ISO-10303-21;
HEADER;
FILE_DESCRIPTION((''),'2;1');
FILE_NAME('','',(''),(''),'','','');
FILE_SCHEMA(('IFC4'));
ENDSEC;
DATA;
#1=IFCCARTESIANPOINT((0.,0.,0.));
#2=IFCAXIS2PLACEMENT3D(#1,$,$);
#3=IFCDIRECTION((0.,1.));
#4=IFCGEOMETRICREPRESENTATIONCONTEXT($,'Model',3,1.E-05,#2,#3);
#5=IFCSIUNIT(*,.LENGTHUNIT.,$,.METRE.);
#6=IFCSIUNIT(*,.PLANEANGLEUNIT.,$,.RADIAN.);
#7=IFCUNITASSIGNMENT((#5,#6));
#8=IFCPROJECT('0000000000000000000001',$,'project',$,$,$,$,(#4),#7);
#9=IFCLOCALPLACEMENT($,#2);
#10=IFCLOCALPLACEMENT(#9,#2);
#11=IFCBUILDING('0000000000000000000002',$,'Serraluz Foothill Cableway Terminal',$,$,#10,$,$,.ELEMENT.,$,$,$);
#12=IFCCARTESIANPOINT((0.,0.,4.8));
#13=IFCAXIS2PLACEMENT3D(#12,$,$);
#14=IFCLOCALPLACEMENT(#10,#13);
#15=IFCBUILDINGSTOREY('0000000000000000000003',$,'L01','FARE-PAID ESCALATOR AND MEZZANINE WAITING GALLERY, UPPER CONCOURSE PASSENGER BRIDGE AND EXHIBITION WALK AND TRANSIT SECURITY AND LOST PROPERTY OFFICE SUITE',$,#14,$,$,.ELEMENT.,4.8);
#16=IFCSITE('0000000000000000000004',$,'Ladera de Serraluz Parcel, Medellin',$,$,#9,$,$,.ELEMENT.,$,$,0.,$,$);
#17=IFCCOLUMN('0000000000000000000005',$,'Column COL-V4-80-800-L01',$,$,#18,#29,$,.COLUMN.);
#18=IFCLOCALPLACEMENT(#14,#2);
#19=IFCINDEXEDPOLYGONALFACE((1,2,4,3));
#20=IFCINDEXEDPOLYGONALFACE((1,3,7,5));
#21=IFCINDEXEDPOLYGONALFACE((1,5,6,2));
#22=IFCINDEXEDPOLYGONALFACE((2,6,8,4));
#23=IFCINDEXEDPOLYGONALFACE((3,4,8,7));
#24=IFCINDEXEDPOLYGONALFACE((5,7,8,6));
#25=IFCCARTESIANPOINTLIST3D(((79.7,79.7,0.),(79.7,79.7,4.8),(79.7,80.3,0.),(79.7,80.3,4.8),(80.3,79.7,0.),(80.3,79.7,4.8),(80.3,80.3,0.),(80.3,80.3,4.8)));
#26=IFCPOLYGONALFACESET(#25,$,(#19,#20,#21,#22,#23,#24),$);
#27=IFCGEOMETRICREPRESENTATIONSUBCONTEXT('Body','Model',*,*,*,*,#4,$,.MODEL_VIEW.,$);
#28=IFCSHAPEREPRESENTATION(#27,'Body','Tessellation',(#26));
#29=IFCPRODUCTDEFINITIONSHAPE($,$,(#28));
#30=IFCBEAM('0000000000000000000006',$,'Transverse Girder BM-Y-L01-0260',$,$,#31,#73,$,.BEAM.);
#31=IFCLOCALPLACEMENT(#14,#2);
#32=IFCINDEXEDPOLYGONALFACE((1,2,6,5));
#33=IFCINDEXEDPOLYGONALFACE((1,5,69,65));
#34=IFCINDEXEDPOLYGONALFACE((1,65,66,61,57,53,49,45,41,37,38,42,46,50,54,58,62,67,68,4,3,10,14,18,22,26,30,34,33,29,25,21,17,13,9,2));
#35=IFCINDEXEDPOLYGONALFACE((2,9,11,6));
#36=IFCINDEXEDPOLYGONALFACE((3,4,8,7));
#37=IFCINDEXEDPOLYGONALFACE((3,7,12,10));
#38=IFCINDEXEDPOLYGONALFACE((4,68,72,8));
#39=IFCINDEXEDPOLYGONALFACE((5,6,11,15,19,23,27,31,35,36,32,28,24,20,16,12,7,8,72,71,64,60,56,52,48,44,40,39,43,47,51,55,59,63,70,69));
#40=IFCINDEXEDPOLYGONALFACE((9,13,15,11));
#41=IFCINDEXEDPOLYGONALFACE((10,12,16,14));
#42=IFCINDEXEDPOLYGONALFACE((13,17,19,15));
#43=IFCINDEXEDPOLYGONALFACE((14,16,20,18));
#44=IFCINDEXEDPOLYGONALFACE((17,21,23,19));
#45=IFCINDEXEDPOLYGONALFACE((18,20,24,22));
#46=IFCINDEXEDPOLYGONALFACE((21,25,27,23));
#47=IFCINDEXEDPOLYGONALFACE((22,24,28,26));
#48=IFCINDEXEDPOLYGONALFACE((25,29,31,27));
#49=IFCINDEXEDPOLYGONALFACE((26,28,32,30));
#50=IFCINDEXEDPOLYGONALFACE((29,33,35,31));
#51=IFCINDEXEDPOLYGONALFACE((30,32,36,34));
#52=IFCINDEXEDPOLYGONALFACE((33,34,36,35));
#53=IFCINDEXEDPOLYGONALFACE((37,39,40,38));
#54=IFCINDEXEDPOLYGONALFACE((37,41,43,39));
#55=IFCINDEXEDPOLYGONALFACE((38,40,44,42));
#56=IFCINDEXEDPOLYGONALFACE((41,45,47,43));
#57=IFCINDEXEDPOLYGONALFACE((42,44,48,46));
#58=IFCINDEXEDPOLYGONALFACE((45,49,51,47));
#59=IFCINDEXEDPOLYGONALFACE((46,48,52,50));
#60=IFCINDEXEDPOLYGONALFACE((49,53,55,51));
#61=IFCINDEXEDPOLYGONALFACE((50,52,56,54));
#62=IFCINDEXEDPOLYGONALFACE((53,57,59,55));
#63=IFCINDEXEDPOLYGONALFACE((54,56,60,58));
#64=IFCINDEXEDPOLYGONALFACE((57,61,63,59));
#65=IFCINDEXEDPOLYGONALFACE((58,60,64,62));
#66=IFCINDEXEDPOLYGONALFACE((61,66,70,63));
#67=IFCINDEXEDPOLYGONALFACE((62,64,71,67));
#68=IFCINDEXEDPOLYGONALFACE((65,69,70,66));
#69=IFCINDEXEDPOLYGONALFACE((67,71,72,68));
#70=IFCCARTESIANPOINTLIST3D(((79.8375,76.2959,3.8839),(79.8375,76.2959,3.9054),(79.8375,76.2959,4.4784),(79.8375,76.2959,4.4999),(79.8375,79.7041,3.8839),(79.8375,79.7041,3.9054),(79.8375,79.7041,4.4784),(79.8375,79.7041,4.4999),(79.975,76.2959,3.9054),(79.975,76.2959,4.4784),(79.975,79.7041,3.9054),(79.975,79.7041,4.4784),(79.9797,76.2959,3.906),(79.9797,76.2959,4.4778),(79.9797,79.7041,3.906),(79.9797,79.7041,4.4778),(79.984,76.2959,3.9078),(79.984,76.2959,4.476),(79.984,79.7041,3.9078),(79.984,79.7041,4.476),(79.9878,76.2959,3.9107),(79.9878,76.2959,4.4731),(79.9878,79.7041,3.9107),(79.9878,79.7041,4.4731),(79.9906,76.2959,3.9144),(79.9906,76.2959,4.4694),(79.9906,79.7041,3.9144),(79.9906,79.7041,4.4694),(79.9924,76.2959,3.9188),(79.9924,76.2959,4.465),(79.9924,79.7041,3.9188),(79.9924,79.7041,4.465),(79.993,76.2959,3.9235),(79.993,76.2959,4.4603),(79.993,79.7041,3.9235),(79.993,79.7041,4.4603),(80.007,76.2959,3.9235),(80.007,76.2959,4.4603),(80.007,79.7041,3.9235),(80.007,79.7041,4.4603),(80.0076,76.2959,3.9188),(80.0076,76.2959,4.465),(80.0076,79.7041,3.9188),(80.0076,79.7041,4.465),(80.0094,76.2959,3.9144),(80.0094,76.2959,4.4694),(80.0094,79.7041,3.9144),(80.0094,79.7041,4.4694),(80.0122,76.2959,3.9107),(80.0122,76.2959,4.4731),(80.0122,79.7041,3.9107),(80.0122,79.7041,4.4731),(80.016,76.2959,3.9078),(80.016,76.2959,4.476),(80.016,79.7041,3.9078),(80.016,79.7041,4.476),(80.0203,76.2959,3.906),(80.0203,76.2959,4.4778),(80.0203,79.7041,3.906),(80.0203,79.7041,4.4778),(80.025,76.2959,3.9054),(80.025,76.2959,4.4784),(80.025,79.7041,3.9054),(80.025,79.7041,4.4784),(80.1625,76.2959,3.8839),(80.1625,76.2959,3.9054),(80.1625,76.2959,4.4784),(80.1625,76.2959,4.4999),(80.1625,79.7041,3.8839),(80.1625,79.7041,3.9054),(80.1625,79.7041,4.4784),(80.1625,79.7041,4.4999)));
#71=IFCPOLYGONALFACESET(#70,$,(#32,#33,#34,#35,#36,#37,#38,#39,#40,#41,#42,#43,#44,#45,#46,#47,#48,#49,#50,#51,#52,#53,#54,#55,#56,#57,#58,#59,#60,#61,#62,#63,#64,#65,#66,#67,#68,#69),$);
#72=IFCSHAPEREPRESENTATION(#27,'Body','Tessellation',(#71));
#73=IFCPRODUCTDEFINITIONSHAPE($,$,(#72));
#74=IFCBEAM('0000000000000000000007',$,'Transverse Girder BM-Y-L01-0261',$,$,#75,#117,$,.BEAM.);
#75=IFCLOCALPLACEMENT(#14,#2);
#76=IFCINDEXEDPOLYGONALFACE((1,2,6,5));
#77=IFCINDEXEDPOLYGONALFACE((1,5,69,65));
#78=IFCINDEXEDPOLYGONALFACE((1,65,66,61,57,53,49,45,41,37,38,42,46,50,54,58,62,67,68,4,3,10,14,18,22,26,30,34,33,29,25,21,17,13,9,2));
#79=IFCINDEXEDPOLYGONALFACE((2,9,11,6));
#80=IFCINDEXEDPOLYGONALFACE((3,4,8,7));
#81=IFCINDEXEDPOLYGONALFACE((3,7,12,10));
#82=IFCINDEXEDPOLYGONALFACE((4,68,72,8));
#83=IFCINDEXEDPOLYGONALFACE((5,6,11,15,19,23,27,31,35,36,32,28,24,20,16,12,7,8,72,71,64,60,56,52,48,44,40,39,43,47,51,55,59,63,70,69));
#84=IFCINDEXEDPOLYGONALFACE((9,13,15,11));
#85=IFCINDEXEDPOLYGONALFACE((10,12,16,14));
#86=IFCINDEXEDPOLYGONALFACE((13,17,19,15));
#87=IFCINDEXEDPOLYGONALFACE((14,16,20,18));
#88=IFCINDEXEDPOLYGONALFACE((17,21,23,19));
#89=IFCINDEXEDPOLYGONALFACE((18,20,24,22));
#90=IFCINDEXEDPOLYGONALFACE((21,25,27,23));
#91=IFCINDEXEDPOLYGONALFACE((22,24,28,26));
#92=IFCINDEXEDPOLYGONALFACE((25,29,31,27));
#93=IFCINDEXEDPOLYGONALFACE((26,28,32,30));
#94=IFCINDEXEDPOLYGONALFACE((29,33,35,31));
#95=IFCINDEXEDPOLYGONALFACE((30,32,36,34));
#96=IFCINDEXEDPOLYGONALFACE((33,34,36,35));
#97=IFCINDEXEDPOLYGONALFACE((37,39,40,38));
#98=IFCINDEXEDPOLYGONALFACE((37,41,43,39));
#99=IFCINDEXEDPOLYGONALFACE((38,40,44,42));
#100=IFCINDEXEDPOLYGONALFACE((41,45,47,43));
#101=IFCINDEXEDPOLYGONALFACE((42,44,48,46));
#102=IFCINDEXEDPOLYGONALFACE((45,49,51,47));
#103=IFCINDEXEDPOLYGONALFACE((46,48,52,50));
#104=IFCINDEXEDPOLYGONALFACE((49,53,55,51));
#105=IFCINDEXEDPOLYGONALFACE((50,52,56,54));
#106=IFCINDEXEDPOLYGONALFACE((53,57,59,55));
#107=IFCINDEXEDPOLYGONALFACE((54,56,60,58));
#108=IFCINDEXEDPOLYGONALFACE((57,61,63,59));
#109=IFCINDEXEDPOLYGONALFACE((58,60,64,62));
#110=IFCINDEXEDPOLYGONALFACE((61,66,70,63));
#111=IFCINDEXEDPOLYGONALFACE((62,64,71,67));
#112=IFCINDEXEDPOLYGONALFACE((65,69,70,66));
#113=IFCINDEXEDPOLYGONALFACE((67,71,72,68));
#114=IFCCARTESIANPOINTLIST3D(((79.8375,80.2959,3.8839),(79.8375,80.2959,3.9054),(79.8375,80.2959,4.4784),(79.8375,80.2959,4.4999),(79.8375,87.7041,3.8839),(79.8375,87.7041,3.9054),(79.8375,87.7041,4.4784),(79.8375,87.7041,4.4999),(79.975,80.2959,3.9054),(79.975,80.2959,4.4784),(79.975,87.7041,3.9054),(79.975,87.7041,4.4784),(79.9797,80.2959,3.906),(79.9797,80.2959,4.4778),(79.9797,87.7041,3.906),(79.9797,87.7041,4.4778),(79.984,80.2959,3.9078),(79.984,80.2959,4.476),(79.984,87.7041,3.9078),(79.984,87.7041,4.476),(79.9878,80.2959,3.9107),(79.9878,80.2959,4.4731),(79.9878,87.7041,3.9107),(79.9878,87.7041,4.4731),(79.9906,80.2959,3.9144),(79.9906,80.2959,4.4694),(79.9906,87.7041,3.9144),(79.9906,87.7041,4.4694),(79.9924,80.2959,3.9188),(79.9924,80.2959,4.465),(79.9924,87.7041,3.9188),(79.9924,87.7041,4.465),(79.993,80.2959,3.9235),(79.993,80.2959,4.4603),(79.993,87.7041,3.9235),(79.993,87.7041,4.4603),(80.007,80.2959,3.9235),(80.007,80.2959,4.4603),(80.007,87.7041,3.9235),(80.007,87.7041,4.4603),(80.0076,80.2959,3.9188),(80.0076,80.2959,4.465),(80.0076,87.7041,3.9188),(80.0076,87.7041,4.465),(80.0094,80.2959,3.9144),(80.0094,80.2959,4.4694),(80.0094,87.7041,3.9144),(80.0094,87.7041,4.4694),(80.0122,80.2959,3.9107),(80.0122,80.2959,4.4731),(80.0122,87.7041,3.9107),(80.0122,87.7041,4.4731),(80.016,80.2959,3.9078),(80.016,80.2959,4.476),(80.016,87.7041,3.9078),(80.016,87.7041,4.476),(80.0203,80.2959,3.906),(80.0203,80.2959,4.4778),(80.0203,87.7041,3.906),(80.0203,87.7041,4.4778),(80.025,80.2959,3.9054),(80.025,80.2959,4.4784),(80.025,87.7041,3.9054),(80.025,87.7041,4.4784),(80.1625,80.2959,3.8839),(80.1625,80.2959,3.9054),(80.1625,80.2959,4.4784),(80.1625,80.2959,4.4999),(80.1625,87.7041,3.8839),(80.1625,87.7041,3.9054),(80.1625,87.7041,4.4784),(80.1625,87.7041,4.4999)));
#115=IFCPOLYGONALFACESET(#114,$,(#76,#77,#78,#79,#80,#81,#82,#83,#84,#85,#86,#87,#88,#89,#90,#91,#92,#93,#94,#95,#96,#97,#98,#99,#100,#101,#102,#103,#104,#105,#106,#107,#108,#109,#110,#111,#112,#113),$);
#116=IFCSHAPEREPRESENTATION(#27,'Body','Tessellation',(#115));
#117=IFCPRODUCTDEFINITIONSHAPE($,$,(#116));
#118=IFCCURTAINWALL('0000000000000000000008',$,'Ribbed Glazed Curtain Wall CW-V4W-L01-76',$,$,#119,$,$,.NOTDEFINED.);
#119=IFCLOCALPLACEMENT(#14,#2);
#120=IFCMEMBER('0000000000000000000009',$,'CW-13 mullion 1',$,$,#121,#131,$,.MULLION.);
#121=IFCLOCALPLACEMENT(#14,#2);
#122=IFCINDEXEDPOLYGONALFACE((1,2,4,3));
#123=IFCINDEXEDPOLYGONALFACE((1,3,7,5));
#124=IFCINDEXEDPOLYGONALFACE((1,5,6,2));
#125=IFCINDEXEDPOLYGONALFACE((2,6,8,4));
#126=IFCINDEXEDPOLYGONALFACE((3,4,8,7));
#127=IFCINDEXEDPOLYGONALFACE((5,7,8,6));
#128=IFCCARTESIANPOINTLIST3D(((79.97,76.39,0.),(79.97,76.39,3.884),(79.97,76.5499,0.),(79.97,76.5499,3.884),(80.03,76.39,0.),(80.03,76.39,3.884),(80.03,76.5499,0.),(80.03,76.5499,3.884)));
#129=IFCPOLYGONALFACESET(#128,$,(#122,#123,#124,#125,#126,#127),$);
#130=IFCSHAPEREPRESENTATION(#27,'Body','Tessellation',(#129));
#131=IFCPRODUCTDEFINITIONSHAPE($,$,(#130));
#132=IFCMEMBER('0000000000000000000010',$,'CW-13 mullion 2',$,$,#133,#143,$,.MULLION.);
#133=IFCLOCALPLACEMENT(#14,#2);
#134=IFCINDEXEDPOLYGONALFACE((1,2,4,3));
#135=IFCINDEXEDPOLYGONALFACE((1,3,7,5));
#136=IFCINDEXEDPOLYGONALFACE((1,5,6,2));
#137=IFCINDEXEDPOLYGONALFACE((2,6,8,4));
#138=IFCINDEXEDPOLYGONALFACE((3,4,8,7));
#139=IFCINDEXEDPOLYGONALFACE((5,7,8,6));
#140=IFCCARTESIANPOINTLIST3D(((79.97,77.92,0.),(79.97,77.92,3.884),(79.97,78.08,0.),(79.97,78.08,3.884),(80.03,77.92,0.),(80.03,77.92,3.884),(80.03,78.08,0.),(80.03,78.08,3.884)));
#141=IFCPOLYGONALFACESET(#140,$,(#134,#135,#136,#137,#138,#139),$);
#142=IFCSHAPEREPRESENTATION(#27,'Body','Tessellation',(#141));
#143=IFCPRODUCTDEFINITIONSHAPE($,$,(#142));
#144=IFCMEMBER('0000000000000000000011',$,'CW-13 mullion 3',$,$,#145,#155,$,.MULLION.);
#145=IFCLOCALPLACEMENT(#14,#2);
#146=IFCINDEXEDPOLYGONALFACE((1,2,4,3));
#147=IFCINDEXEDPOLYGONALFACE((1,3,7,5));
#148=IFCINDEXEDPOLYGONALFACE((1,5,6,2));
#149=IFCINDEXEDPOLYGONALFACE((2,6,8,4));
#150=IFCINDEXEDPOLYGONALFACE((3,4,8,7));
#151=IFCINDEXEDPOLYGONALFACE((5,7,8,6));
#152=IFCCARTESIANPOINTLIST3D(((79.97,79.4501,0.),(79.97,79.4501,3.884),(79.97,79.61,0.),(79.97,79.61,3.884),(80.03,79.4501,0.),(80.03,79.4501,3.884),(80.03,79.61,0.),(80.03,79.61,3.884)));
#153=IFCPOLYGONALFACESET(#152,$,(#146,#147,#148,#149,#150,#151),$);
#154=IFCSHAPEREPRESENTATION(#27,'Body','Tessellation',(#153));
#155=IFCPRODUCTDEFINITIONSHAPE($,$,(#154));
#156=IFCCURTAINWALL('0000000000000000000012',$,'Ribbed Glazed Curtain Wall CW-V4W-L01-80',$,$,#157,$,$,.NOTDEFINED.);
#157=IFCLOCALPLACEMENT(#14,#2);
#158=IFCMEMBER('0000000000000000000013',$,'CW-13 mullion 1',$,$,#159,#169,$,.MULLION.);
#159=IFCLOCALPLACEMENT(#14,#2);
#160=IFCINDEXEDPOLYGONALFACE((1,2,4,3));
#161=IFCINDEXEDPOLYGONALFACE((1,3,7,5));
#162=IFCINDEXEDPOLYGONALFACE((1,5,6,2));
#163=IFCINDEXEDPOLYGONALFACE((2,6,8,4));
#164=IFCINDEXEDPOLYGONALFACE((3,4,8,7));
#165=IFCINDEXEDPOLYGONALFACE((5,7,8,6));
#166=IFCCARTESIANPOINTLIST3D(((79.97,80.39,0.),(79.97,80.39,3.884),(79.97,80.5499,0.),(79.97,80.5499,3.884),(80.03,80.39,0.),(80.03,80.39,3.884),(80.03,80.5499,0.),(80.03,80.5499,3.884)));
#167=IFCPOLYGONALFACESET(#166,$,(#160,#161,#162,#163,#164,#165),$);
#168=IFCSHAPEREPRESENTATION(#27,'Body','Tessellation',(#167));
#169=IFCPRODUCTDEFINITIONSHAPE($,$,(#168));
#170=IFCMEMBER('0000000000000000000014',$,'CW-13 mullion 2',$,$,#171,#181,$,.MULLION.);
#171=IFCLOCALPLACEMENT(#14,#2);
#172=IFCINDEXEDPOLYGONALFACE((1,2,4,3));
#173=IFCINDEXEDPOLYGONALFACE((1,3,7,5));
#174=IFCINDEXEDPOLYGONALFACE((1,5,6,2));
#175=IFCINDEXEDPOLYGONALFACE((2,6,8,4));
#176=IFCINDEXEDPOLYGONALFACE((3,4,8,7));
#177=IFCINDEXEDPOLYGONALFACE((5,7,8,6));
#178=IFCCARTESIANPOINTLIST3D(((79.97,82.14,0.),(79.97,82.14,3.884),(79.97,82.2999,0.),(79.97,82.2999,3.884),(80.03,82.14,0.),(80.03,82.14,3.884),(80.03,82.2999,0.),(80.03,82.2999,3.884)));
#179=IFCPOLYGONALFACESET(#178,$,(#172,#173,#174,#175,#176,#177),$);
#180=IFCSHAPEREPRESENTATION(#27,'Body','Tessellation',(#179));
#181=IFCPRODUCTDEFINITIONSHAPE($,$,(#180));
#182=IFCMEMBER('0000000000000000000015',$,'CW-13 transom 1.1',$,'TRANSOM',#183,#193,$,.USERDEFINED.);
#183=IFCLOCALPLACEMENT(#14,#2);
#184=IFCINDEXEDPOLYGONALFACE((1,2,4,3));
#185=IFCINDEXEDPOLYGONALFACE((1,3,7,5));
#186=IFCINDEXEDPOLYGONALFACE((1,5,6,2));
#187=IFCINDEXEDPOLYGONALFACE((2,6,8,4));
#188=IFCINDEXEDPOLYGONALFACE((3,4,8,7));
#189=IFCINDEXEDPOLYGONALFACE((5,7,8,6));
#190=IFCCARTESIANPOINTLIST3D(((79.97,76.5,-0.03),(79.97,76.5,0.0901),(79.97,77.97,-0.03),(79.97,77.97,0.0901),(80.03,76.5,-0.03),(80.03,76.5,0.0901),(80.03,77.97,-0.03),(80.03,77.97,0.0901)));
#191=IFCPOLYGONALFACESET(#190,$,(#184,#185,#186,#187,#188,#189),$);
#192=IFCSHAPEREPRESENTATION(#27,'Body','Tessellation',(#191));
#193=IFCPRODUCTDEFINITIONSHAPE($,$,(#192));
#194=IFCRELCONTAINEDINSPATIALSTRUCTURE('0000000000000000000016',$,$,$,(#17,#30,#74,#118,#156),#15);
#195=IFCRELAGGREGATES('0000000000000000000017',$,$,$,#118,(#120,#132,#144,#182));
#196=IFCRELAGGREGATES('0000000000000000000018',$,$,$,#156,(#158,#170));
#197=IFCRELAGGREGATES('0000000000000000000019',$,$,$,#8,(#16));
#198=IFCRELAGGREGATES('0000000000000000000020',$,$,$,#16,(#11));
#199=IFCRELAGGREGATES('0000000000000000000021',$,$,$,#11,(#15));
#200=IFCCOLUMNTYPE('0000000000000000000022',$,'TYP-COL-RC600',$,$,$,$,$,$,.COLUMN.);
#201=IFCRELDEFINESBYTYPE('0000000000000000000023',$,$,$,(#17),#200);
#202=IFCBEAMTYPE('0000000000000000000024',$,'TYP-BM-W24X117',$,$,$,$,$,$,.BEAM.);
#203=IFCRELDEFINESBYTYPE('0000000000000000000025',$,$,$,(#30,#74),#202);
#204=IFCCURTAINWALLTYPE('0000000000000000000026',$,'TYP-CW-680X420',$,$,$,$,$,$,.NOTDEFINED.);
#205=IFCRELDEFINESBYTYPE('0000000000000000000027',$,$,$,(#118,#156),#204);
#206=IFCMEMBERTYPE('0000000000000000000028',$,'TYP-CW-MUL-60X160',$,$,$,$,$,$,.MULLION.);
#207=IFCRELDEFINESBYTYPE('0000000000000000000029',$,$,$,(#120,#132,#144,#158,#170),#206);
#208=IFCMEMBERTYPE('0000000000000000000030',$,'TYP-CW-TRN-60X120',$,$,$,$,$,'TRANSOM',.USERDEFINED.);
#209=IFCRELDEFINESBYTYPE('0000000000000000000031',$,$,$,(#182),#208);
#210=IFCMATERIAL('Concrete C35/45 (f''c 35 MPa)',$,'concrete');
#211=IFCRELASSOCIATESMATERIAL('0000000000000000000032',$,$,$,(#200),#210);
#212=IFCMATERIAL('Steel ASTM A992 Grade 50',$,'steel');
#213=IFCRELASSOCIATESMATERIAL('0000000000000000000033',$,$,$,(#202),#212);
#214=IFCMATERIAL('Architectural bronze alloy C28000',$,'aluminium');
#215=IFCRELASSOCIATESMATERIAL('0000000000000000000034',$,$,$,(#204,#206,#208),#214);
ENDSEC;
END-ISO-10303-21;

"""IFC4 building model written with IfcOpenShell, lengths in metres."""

from ifc_helpers import new_model, si_unit, direction, frame, origin, origin_2d, place, context, subcontext, project, spatial, rectangle, i_section, extrude, material, material_profile, profile_set, type_object, element, aggregate, save


model = new_model("IFC4")

# Units and contexts
model_context = context("Model", 3, precision=1e-05, world=origin(), true_north=direction((0.0, 1.0)))
body_context = subcontext(model_context, "Body", "Model", "MODEL_VIEW")
ifc_project = project(units=[si_unit("LENGTHUNIT", "METRE"), si_unit("PLANEANGLEUNIT", "RADIAN")], contexts=[model_context])

# Site, building, storey
site_placement = place(None, origin())
site = spatial("IfcSite", under=ifc_project, at=site_placement, Name="Ladera de Serraluz Parcel, Medellin", CompositionType="ELEMENT", RefElevation=0.0)
building_placement = place(site_placement, origin())
building = spatial("IfcBuilding", under=site, at=building_placement, Name="Serraluz Foothill Cableway Terminal", CompositionType="ELEMENT")
storey_placement = place(building_placement, frame((0.0, 0.0, 4.8)))
storey = spatial("IfcBuildingStorey", under=building, at=storey_placement, Name="L01", Description="FARE-PAID ESCALATOR AND MEZZANINE WAITING GALLERY, UPPER CONCOURSE PASSENGER BRIDGE AND EXHIBITION WALK AND TRANSIT SECURITY AND LOST PROPERTY OFFICE SUITE", CompositionType="ELEMENT", Elevation=4.8)

# Column
ifc_material_1 = material(Name="Concrete C35/45 (f'c 35 MPa)", Category="concrete")
ifc_material_profile_1 = material_profile(ifc_material_1, rectangle(XDim=0.6001, YDim=0.6001, at=origin_2d()), Name="RC 600x600")
ifc_profile_set_1 = profile_set([ifc_material_profile_1], Name="Concrete C35/45 (f'c 35 MPa)")
column_type = type_object("IfcColumnType", Name="TYP-COL-RC600", PredefinedType="COLUMN", material=ifc_profile_set_1)
column_placement = place(storey_placement, frame((80.0, 80.0, 0.0), z_axis=(0.0, 0.0, 1.0), x_axis=(1.0, 0.0, 0.0)))
element("IfcColumn", 1, at=column_placement, inside=storey, type_object=column_type, Name="Column COL-V4-80-800-L01", PredefinedType="COLUMN", context=body_context, shape_type="SweptSolid", body=[
    extrude(rectangle(XDim=0.6001, YDim=0.6001, at=origin_2d()), origin(), (0.0, 0.0, 1.0), 4.8),
])

# Beams
ifc_material_2 = material(Name="Steel ASTM A992 Grade 50", Category="steel")
ifc_material_profile_2 = material_profile(ifc_material_2, i_section(OverallWidth=0.325, OverallDepth=0.616, WebThickness=0.0139, FlangeThickness=0.0215, FilletRadius=0.0181, at=origin_2d()), Name="W24X117")
ifc_profile_set_2 = profile_set([ifc_material_profile_2], Name="Steel ASTM A992 Grade 50")
beam_type = type_object("IfcBeamType", Name="TYP-BM-W24X117", PredefinedType="BEAM", material=ifc_profile_set_2)
beam_1_placement = place(storey_placement, frame((80.0, 76.2959, 4.1919), z_axis=(0.0, 1.0, 0.0), x_axis=(-1.0, 0.0, 0.0)))
element("IfcBeam", 2, at=beam_1_placement, inside=storey, type_object=beam_type, Name="Transverse Girder BM-Y-L01-0260", PredefinedType="BEAM", context=body_context, shape_type="SweptSolid", body=[
    extrude(i_section(OverallWidth=0.325, OverallDepth=0.616, WebThickness=0.0139, FlangeThickness=0.0215, FilletRadius=0.0181, at=origin_2d()), origin(), (0.0, 0.0, 1.0), 3.4082),
])
beam_2_placement = place(storey_placement, frame((80.0, 80.2959, 4.1919), z_axis=(0.0, 1.0, 0.0), x_axis=(-1.0, 0.0, 0.0)))
element("IfcBeam", 3, at=beam_2_placement, inside=storey, type_object=beam_type, Name="Transverse Girder BM-Y-L01-0261", PredefinedType="BEAM", context=body_context, shape_type="SweptSolid", body=[
    extrude(i_section(OverallWidth=0.325, OverallDepth=0.616, WebThickness=0.0139, FlangeThickness=0.0215, FilletRadius=0.0181, at=origin_2d()), origin(), (0.0, 0.0, 1.0), 7.4082),
])

# Curtain walls, members
ifc_material_3 = material(Name="Architectural bronze alloy C28000", Category="aluminium")
curtain_wall_type = type_object("IfcCurtainWallType", Name="TYP-CW-680X420", PredefinedType="NOTDEFINED", material=ifc_material_3)
curtain_wall_1_placement = place(storey_placement, origin())
curtain_wall_1 = element("IfcCurtainWall", 4, at=curtain_wall_1_placement, inside=storey, type_object=curtain_wall_type, Name="Ribbed Glazed Curtain Wall CW-V4W-L01-76", PredefinedType="NOTDEFINED")
ifc_material_profile_3 = material_profile(ifc_material_3, rectangle(XDim=0.0601, YDim=0.1599, at=origin_2d()), Name="ALU MULLION 60x160")
ifc_profile_set_3 = profile_set([ifc_material_profile_3], Name="Architectural bronze alloy C28000")
member_type_1 = type_object("IfcMemberType", Name="TYP-CW-MUL-60X160", PredefinedType="MULLION", material=ifc_profile_set_3)
member_1_placement = place(storey_placement, frame((80.0, 76.47, 0.0), z_axis=(0.0, 0.0, 1.0), x_axis=(-1.0, 0.0, 0.0)))
member_1 = element("IfcMember", 5, at=member_1_placement, type_object=member_type_1, Name="CW-13 mullion 1", PredefinedType="MULLION", context=body_context, shape_type="SweptSolid", body=[
    extrude(rectangle(XDim=0.0601, YDim=0.1599, at=origin_2d()), origin(), (0.0, 0.0, 1.0), 3.884),
])
member_2_placement = place(storey_placement, frame((80.0, 78.0, 0.0), z_axis=(0.0, 0.0, 1.0), x_axis=(-1.0, 0.0, 0.0)))
member_2 = element("IfcMember", 6, at=member_2_placement, type_object=member_type_1, Name="CW-13 mullion 2", PredefinedType="MULLION", context=body_context, shape_type="SweptSolid", body=[
    extrude(rectangle(XDim=0.0601, YDim=0.1599, at=origin_2d()), origin(), (0.0, 0.0, 1.0), 3.884),
])
member_3_placement = place(storey_placement, frame((80.0, 79.53, 0.0), z_axis=(0.0, 0.0, 1.0), x_axis=(-1.0, 0.0, 0.0)))
member_3 = element("IfcMember", 7, at=member_3_placement, type_object=member_type_1, Name="CW-13 mullion 3", PredefinedType="MULLION", context=body_context, shape_type="SweptSolid", body=[
    extrude(rectangle(XDim=0.0601, YDim=0.1599, at=origin_2d()), origin(), (0.0, 0.0, 1.0), 3.884),
])
curtain_wall_2_placement = place(storey_placement, origin())
curtain_wall_2 = element("IfcCurtainWall", 8, at=curtain_wall_2_placement, inside=storey, type_object=curtain_wall_type, Name="Ribbed Glazed Curtain Wall CW-V4W-L01-80", PredefinedType="NOTDEFINED")
member_4_placement = place(storey_placement, frame((80.0, 80.47, 0.0), z_axis=(0.0, 0.0, 1.0), x_axis=(-1.0, 0.0, 0.0)))
member_4 = element("IfcMember", 9, at=member_4_placement, type_object=member_type_1, Name="CW-13 mullion 1", PredefinedType="MULLION", context=body_context, shape_type="SweptSolid", body=[
    extrude(rectangle(XDim=0.0601, YDim=0.1599, at=origin_2d()), origin(), (0.0, 0.0, 1.0), 3.884),
])
member_5_placement = place(storey_placement, frame((80.0, 82.22, 0.0), z_axis=(0.0, 0.0, 1.0), x_axis=(-1.0, 0.0, 0.0)))
member_5 = element("IfcMember", 10, at=member_5_placement, type_object=member_type_1, Name="CW-13 mullion 2", PredefinedType="MULLION", context=body_context, shape_type="SweptSolid", body=[
    extrude(rectangle(XDim=0.0601, YDim=0.1599, at=origin_2d()), origin(), (0.0, 0.0, 1.0), 3.884),
])

# Member
ifc_material_profile_4 = material_profile(ifc_material_3, rectangle(XDim=0.0601, YDim=0.1201, at=origin_2d()), Name="ALU TRANSOM 60x120")
ifc_profile_set_4 = profile_set([ifc_material_profile_4], Name="Architectural bronze alloy C28000")
member_type_2 = type_object("IfcMemberType", Name="TYP-CW-TRN-60X120", ElementType="TRANSOM", PredefinedType="USERDEFINED", material=ifc_profile_set_4)
member_6_placement = place(storey_placement, frame((80.0, 76.5, 0.03), z_axis=(0.0, 1.0, 0.0), x_axis=(-1.0, 0.0, 0.0)))
member_6 = element("IfcMember", 11, at=member_6_placement, type_object=member_type_2, Name="CW-13 transom 1.1", ObjectType="TRANSOM", PredefinedType="USERDEFINED", context=body_context, shape_type="SweptSolid", body=[
    extrude(rectangle(XDim=0.0601, YDim=0.1201, at=origin_2d()), origin(), (0.0, 0.0, 1.0), 1.47),
])

aggregate(curtain_wall_1, [member_1, member_2, member_3, member_6])
aggregate(curtain_wall_2, [member_4, member_5])

save(model, "model.ifc")
